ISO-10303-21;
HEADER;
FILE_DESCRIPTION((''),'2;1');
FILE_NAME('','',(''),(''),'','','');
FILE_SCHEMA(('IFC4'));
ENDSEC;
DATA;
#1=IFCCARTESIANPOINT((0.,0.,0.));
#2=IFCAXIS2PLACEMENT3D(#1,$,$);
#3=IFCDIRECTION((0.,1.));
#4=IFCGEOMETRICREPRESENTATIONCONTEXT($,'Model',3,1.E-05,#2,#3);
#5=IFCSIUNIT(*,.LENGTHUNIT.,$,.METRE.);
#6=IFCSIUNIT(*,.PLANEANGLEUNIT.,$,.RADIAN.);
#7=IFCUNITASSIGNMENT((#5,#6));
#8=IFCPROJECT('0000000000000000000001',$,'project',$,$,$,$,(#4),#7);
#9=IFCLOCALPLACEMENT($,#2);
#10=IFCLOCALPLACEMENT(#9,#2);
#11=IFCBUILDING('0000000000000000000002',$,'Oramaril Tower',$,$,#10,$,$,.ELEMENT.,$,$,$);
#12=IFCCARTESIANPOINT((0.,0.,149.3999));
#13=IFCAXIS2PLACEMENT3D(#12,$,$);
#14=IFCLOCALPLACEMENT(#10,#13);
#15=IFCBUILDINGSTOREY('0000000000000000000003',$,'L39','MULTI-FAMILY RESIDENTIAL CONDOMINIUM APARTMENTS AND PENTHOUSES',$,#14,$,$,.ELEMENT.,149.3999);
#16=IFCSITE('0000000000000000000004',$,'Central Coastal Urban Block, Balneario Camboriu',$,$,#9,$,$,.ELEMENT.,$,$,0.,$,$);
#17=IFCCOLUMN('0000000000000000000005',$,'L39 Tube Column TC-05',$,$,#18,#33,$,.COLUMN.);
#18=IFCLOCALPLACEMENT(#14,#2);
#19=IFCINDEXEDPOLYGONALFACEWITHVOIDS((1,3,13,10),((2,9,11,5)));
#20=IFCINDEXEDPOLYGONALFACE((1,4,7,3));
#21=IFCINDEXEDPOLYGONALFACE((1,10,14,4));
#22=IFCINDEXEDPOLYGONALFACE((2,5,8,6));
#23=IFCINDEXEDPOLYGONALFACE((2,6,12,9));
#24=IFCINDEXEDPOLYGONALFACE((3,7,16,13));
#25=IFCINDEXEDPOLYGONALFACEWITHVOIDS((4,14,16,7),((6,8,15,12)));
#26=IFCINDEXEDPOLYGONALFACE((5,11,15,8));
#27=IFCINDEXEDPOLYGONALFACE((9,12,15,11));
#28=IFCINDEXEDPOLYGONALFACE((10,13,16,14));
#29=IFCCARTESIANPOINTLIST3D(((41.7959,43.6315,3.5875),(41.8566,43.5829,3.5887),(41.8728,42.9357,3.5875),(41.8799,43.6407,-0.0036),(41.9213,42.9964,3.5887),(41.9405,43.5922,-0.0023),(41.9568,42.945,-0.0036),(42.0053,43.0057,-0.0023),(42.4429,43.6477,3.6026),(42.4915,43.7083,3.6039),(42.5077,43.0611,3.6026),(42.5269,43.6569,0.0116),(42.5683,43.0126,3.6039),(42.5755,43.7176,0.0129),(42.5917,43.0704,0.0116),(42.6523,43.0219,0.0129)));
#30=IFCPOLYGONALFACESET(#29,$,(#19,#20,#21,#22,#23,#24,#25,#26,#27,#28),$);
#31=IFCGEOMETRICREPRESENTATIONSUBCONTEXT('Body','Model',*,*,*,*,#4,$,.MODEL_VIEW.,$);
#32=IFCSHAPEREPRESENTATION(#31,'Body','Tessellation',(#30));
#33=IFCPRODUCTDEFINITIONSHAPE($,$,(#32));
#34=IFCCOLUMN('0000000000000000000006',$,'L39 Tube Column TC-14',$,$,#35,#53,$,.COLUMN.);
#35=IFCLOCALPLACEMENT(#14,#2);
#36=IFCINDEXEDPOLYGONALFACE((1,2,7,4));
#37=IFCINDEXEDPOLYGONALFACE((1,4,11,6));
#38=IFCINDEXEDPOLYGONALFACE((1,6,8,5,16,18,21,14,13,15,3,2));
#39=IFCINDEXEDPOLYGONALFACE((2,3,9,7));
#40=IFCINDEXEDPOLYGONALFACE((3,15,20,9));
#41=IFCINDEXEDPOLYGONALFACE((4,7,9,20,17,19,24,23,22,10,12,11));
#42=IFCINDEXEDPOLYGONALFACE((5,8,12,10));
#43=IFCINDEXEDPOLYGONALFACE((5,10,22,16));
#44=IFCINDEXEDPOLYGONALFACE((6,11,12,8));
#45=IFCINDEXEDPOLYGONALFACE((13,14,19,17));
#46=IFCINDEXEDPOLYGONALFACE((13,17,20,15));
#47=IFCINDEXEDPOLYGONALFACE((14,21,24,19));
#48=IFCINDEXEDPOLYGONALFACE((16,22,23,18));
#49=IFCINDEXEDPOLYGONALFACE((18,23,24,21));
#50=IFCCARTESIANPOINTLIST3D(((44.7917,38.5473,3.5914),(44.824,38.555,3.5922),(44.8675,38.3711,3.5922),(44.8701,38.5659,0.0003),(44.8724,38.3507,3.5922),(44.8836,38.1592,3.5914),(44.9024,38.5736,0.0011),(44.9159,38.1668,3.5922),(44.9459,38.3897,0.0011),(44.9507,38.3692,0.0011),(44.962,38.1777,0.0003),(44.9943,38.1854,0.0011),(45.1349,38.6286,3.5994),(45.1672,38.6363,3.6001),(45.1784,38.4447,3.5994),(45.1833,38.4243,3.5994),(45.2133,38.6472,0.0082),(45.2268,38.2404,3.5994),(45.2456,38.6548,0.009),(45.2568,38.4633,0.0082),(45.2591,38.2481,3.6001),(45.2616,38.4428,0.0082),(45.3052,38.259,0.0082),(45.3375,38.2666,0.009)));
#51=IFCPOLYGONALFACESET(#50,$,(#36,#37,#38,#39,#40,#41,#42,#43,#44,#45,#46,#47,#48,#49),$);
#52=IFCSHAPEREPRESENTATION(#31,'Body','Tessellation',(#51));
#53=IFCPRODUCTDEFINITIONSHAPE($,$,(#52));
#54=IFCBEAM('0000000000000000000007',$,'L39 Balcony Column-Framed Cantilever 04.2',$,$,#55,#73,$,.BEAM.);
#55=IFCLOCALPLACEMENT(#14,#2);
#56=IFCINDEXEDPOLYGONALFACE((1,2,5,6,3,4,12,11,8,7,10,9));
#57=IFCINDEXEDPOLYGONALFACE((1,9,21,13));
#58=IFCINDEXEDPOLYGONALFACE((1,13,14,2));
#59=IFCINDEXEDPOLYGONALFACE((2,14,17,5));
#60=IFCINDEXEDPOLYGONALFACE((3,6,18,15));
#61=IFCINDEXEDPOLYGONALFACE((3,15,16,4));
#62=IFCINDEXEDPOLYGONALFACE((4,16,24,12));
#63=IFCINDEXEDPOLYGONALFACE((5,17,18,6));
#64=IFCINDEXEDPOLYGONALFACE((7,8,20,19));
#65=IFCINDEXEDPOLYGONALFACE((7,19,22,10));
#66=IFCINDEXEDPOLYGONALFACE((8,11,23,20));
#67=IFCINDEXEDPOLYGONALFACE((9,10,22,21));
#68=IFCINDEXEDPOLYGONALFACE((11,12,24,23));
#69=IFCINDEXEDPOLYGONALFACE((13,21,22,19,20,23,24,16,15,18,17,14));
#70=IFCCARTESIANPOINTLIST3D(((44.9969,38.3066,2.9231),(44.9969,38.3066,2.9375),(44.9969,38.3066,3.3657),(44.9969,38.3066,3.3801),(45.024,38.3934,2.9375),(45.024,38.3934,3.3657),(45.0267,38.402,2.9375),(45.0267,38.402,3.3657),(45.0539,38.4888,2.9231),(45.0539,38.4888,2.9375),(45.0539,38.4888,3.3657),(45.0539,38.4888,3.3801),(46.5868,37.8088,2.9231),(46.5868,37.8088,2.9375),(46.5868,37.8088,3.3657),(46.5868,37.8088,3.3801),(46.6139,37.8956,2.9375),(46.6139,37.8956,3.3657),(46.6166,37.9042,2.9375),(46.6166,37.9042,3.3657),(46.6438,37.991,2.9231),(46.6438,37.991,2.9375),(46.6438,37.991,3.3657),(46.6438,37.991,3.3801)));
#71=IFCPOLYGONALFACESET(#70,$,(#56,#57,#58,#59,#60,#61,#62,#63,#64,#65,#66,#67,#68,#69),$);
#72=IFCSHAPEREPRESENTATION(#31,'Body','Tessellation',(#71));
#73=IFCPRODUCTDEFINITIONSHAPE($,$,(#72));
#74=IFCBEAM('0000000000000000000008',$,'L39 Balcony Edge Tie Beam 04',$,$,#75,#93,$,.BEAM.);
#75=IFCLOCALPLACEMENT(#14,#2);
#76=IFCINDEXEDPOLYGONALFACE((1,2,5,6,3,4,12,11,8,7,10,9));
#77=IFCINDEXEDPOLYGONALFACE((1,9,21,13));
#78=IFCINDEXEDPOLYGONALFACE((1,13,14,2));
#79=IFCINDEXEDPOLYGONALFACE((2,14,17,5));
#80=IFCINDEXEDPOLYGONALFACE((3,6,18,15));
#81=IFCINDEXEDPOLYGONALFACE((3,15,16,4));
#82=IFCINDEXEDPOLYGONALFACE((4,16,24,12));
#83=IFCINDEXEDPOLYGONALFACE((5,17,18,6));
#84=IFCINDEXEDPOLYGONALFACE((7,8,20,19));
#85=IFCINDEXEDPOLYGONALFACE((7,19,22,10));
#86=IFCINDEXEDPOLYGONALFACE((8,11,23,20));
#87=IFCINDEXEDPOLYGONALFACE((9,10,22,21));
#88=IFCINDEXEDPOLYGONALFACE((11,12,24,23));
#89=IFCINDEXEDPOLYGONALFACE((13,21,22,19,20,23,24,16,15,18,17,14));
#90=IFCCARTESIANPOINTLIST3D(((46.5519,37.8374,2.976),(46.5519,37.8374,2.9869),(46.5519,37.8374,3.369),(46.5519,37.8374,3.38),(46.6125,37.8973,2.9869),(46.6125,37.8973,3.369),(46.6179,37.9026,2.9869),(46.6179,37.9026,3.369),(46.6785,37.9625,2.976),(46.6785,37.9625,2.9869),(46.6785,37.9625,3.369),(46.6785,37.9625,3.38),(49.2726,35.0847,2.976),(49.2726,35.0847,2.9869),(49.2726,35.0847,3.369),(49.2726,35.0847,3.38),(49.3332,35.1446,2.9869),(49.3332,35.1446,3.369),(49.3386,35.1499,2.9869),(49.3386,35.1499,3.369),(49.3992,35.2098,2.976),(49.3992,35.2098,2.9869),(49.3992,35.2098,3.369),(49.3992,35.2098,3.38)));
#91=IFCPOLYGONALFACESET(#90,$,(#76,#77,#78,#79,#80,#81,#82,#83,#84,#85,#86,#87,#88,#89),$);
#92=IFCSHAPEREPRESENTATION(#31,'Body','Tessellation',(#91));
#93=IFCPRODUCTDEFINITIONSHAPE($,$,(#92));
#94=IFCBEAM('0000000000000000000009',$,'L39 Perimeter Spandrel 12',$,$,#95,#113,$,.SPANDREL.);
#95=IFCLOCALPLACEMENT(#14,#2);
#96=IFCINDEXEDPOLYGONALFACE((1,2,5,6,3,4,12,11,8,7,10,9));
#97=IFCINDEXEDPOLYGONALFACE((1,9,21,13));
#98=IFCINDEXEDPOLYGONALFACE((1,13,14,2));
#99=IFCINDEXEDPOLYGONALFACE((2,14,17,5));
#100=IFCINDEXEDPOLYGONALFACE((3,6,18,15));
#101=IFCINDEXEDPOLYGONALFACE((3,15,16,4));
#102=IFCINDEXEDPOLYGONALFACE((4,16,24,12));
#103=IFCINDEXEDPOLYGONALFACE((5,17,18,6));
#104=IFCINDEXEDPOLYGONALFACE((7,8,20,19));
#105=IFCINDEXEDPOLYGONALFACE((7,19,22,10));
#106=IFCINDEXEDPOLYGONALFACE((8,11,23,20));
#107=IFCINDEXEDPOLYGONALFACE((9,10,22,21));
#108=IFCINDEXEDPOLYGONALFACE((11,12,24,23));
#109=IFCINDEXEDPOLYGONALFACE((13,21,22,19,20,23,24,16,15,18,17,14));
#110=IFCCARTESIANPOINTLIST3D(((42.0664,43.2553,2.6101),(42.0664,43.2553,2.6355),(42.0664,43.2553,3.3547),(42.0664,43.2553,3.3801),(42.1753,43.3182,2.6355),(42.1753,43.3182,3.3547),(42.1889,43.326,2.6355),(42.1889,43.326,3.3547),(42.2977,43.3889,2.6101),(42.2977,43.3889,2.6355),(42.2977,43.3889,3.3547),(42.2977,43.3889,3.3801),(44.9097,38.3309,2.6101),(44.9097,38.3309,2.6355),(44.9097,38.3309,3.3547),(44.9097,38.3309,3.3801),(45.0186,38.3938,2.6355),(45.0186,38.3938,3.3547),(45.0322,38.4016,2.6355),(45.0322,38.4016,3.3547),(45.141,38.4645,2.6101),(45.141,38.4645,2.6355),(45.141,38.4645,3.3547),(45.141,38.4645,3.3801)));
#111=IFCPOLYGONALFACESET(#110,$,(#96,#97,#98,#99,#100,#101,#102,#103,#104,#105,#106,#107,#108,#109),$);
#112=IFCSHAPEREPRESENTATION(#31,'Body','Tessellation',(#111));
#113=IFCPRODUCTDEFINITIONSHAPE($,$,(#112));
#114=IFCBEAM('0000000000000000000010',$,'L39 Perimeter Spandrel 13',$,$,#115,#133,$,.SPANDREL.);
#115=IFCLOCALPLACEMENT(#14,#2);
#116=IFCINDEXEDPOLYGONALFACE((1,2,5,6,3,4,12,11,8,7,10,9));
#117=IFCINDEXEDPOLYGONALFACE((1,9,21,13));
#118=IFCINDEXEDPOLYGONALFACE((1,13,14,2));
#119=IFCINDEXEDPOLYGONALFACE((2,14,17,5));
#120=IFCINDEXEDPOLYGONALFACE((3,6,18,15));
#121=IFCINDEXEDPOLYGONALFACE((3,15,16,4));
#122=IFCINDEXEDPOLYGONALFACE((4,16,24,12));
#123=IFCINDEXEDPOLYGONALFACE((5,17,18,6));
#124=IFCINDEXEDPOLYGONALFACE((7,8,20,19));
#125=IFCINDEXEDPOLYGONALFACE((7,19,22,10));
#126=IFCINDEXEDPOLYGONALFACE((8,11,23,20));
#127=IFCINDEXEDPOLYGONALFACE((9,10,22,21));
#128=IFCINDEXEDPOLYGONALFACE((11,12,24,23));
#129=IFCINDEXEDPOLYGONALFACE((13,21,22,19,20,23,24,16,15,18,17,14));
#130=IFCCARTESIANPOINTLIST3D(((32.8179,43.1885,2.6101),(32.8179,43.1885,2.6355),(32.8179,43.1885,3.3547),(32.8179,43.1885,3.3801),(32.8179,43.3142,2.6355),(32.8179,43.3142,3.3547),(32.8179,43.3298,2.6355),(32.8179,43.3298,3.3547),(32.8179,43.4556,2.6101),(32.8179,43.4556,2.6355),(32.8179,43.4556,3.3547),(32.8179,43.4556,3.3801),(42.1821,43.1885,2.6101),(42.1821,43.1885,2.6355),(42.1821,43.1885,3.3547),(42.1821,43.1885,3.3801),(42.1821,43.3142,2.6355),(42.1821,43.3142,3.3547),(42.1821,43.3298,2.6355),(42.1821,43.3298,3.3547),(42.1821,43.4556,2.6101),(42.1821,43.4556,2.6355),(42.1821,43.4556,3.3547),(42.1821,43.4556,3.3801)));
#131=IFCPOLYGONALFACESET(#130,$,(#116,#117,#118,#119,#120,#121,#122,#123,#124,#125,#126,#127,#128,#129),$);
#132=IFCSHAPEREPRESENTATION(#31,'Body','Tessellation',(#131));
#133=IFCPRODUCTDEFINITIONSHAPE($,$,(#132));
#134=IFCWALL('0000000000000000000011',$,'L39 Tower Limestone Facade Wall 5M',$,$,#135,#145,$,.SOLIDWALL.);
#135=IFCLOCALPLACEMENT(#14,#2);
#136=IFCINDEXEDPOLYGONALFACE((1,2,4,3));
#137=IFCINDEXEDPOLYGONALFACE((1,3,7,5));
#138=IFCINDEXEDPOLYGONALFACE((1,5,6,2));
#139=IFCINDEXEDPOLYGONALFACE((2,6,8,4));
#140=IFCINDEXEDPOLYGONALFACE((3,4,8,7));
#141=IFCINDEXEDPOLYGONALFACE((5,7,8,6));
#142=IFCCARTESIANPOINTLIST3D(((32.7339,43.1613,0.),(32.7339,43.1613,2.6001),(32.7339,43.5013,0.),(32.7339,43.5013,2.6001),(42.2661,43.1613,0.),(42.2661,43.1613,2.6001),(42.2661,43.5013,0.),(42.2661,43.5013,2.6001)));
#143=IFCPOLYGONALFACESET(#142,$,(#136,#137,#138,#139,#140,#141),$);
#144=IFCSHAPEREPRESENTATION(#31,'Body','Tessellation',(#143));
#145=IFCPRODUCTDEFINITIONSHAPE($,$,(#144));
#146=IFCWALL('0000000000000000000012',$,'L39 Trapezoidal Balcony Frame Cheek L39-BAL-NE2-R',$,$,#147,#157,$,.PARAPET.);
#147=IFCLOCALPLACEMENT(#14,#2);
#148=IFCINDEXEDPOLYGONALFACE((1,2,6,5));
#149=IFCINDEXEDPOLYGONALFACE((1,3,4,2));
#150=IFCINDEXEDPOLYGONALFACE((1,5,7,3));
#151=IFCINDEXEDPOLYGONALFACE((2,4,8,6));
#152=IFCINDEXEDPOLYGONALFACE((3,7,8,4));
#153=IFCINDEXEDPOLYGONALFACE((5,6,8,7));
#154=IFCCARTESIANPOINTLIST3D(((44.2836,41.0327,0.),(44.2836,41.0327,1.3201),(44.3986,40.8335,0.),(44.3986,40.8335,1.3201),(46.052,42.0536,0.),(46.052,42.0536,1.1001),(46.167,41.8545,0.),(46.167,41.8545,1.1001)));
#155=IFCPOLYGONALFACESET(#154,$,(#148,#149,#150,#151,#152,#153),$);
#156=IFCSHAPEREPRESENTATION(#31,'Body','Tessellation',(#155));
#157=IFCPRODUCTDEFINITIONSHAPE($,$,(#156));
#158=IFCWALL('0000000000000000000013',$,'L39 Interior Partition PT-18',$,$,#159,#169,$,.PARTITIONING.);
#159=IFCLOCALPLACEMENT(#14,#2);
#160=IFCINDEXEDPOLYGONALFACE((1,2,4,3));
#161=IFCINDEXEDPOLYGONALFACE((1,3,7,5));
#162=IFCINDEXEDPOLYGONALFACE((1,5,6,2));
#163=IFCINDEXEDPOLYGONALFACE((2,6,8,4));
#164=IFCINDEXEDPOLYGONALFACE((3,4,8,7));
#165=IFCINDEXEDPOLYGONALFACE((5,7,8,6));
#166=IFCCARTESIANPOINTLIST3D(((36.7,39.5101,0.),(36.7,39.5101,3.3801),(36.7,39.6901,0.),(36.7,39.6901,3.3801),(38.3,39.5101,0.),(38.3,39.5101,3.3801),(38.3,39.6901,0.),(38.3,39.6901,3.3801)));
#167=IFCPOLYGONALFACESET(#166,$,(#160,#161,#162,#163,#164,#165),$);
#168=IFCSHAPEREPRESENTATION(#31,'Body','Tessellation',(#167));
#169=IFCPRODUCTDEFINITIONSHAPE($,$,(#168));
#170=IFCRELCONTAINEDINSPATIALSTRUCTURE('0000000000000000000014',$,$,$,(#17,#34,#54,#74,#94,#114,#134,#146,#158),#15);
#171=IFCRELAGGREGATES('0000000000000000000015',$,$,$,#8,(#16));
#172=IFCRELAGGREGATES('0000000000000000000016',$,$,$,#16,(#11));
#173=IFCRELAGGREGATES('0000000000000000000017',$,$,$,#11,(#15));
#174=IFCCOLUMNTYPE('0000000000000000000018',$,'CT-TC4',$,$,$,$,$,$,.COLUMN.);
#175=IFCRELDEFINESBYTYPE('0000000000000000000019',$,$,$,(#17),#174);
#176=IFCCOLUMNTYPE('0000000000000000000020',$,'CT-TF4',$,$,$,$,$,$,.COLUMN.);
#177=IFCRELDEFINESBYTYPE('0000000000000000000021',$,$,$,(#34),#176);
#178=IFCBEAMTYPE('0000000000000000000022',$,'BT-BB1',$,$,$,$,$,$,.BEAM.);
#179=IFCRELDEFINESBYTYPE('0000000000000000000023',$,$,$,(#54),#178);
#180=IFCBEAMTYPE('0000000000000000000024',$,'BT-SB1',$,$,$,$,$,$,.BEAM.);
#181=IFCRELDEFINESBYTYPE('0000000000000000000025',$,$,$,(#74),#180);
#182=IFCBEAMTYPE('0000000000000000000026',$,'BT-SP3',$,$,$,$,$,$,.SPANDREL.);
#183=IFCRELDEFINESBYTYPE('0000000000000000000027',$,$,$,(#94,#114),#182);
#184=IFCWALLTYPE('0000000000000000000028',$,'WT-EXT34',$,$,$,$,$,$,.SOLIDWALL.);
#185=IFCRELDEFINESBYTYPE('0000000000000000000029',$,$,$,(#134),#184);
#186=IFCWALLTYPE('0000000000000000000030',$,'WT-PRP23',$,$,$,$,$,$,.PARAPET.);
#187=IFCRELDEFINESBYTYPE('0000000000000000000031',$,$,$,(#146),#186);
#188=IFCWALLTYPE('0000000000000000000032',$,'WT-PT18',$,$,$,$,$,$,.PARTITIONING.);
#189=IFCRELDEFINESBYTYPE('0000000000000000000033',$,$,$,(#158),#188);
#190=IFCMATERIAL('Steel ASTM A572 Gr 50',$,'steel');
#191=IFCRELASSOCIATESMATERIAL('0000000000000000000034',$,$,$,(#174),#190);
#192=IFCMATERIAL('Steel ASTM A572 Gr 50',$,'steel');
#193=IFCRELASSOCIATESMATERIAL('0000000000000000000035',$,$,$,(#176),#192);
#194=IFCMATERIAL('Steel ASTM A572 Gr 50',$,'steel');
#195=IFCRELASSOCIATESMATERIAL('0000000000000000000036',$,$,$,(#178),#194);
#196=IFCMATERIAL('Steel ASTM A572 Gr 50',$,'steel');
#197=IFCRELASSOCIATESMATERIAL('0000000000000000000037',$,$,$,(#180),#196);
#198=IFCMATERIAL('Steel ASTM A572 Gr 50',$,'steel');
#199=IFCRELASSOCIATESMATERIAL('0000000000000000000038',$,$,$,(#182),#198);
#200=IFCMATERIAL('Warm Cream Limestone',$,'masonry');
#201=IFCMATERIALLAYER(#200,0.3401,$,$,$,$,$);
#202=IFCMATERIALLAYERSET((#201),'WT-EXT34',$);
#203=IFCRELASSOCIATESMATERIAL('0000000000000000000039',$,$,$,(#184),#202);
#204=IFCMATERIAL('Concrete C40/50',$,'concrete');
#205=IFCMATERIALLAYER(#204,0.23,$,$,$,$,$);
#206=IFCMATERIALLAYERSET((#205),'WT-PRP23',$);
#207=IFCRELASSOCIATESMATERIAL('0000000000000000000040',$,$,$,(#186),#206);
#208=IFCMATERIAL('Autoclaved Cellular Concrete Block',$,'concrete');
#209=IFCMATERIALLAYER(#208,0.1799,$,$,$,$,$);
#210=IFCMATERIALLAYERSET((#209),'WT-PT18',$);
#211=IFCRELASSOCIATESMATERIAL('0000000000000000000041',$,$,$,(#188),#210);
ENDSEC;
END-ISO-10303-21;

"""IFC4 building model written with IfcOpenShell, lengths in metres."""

from ifc_helpers import new_model, si_unit, direction, frame, frame_2d, origin, origin_2d, place, context, subcontext, project, spatial, polyline, rectangle, hollow_rectangle, i_section, outline, extrude, material, layer, layer_set, material_profile, profile_set, type_object, element, save


model = new_model("IFC4")

# Units and contexts
model_context = context("Model", 3, precision=1e-05, world=origin(), true_north=direction((0.0, 1.0)))
body_context = subcontext(model_context, "Body", "Model", "MODEL_VIEW")
ifc_project = project(units=[si_unit("LENGTHUNIT", "METRE"), si_unit("PLANEANGLEUNIT", "RADIAN")], contexts=[model_context])

# Site, building, storey
site_placement = place(None, origin())
site = spatial("IfcSite", under=ifc_project, at=site_placement, Name="Central Coastal Urban Block, Balneario Camboriu", CompositionType="ELEMENT", RefElevation=0.0)
building_placement = place(site_placement, origin())
building = spatial("IfcBuilding", under=site, at=building_placement, Name="Oramaril Tower", CompositionType="ELEMENT")
storey_placement = place(building_placement, frame((0.0, 0.0, 149.3999)))
storey = spatial("IfcBuildingStorey", under=building, at=storey_placement, Name="L39", Description="MULTI-FAMILY RESIDENTIAL CONDOMINIUM APARTMENTS AND PENTHOUSES", CompositionType="ELEMENT", Elevation=149.3999)

# Columns
ifc_material_1 = material(Name="Steel ASTM A572 Gr 50", Category="steel")
ifc_material_profile_1 = material_profile(ifc_material_1, hollow_rectangle(XDim=0.7, YDim=0.7, WallThickness=0.0549, at=origin_2d()), Name="BOX700X700X55")
ifc_profile_set_1 = profile_set([ifc_material_profile_1], Name="Steel ASTM A572 Gr 50")
column_type_1 = type_object("IfcColumnType", Name="CT-TC4", PredefinedType="COLUMN", material=ifc_profile_set_1)
column_1_placement = place(storey_placement, frame((42.2661, 43.3313, 0.0046), z_axis=(-0.023381, -0.002583, 0.999723), x_axis=(0.109797, -0.993954, 0.0)))
element("IfcColumn", 1, at=column_1_placement, inside=storey, type_object=column_type_1, Name="L39 Tube Column TC-05", PredefinedType="COLUMN", context=body_context, shape_type="SweptSolid", body=[
    extrude(hollow_rectangle(XDim=0.7, YDim=0.7, WallThickness=0.0549, at=origin_2d()), origin(), (0.0, 0.0, 1.0), 3.592),
])
ifc_material_2 = material(Name="Steel ASTM A572 Gr 50", Category="steel")
ifc_material_profile_2 = material_profile(ifc_material_2, i_section(OverallWidth=0.3989, OverallDepth=0.386, WebThickness=0.021, FlangeThickness=0.0332, at=origin_2d()), Name="W14X176")
ifc_profile_set_2 = profile_set([ifc_material_profile_2], Name="Steel ASTM A572 Gr 50")
column_type_2 = type_object("IfcColumnType", Name="CT-TF4", PredefinedType="COLUMN", material=ifc_profile_set_2)
column_2_placement = place(storey_placement, frame((45.1038, 38.4163, 0.0046), z_axis=(-0.021818, -0.005166, 0.999749), x_axis=(0.230391, -0.973098, 0.0)))
element("IfcColumn", 2, at=column_2_placement, inside=storey, type_object=column_type_2, Name="L39 Tube Column TC-14", PredefinedType="COLUMN", context=body_context, shape_type="SweptSolid", body=[
    extrude(i_section(OverallWidth=0.3989, OverallDepth=0.386, WebThickness=0.021, FlangeThickness=0.0332, at=origin_2d()), origin(), (0.0, 0.0, 1.0), 3.592),
])

# Beams
ifc_material_3 = material(Name="Steel ASTM A572 Gr 50", Category="steel")
ifc_material_profile_3 = material_profile(ifc_material_3, i_section(OverallWidth=0.1909, OverallDepth=0.457, WebThickness=0.009, FlangeThickness=0.0144, at=origin_2d()), Name="W18X50")
ifc_profile_set_3 = profile_set([ifc_material_profile_3], Name="Steel ASTM A572 Gr 50")
beam_type_1 = type_object("IfcBeamType", Name="BT-BB1", PredefinedType="BEAM", material=ifc_profile_set_3)
beam_1_placement = place(storey_placement, frame((45.0254, 38.3977, 3.1516), z_axis=(0.954313, -0.298809, 0.0), x_axis=(0.298809, 0.954313, 0.0)))
element("IfcBeam", 3, at=beam_1_placement, inside=storey, type_object=beam_type_1, Name="L39 Balcony Column-Framed Cantilever 04.2", PredefinedType="BEAM", context=body_context, shape_type="SweptSolid", body=[
    extrude(i_section(OverallWidth=0.1909, OverallDepth=0.457, WebThickness=0.009, FlangeThickness=0.0144, at=origin_2d()), origin(), (0.0, 0.0, 1.0), 1.666),
])
ifc_material_4 = material(Name="Steel ASTM A572 Gr 50", Category="steel")
ifc_material_profile_4 = material_profile(ifc_material_4, i_section(OverallWidth=0.178, OverallDepth=0.4041, WebThickness=0.0076, FlangeThickness=0.011, at=origin_2d()), Name="W16X36")
ifc_profile_set_4 = profile_set([ifc_material_profile_4], Name="Steel ASTM A572 Gr 50")
beam_type_2 = type_object("IfcBeamType", Name="BT-SB1", PredefinedType="BEAM", material=ifc_profile_set_4)
beam_2_placement = place(storey_placement, frame((49.3359, 35.1472, 3.178), z_axis=(-0.702963, 0.711226, 0.0), x_axis=(-0.711226, -0.702963, 0.0)))
element("IfcBeam", 4, at=beam_2_placement, inside=storey, type_object=beam_type_2, Name="L39 Balcony Edge Tie Beam 04", PredefinedType="BEAM", context=body_context, shape_type="SweptSolid", body=[
    extrude(i_section(OverallWidth=0.178, OverallDepth=0.4041, WebThickness=0.0076, FlangeThickness=0.011, at=origin_2d()), origin(), (0.0, 0.0, 1.0), 3.8704),
])
ifc_material_5 = material(Name="Steel ASTM A572 Gr 50", Category="steel")
ifc_material_profile_5 = material_profile(ifc_material_5, i_section(OverallWidth=0.2671, OverallDepth=0.77, WebThickness=0.0156, FlangeThickness=0.0254, at=origin_2d()), Name="W30X132")
ifc_profile_set_5 = profile_set([ifc_material_profile_5], Name="Steel ASTM A572 Gr 50")
beam_type_3 = type_object("IfcBeamType", Name="BT-SP3", PredefinedType="SPANDREL", material=ifc_profile_set_5)
beam_3_placement = place(storey_placement, frame((45.0254, 38.3977, 2.9951), z_axis=(-0.500027, 0.86601, 0.0), x_axis=(-0.86601, -0.500027, 0.0)))
element("IfcBeam", 5, at=beam_3_placement, inside=storey, type_object=beam_type_3, Name="L39 Perimeter Spandrel 12", PredefinedType="SPANDREL", context=body_context, shape_type="SweptSolid", body=[
    extrude(i_section(OverallWidth=0.2671, OverallDepth=0.77, WebThickness=0.0156, FlangeThickness=0.0254, at=origin_2d()), origin(), (0.0, 0.0, 1.0), 5.6863),
])
beam_4_placement = place(storey_placement, frame((42.1821, 43.322, 2.9951), z_axis=(-1.0, 0.0, 0.0), x_axis=(0.0, -1.0, 0.0)))
element("IfcBeam", 6, at=beam_4_placement, inside=storey, type_object=beam_type_3, Name="L39 Perimeter Spandrel 13", PredefinedType="SPANDREL", context=body_context, shape_type="SweptSolid", body=[
    extrude(i_section(OverallWidth=0.2671, OverallDepth=0.77, WebThickness=0.0156, FlangeThickness=0.0254, at=origin_2d()), origin(), (0.0, 0.0, 1.0), 9.3643),
])

# Walls
ifc_material_6 = material(Name="Warm Cream Limestone", Category="masonry")
ifc_layer_1 = layer(ifc_material_6, 0.3401)
ifc_layer_set_1 = layer_set([ifc_layer_1], Name="WT-EXT34")
wall_type_1 = type_object("IfcWallType", Name="WT-EXT34", PredefinedType="SOLIDWALL", material=ifc_layer_set_1)
wall_1_placement = place(storey_placement, frame((42.2661, 43.3313, 0.0), z_axis=(0.0, 0.0, 1.0), x_axis=(-1.0, 0.0, 0.0)))
element("IfcWall", 7, at=wall_1_placement, inside=storey, type_object=wall_type_1, Name="L39 Tower Limestone Facade Wall 5M", PredefinedType="SOLIDWALL", context=body_context, shape_type="SweptSolid", body=[
    extrude(rectangle(XDim=9.5322, YDim=0.3401, at=frame_2d((4.7661, 0.0))), origin(), (0.0, 0.0, 1.0), 2.6001),
])
ifc_material_7 = material(Name="Concrete C40/50", Category="concrete")
ifc_layer_2 = layer(ifc_material_7, 0.23)
ifc_layer_set_2 = layer_set([ifc_layer_2], Name="WT-PRP23")
wall_type_2 = type_object("IfcWallType", Name="WT-PRP23", PredefinedType="PARAPET", material=ifc_layer_set_2)
wall_2_placement = place(storey_placement, frame((44.3411, 40.9331, 0.0), z_axis=(0.0, 0.0, 1.0), x_axis=(0.866042, 0.499971, 0.0)))
element("IfcWall", 8, at=wall_2_placement, inside=storey, type_object=wall_type_2, Name="L39 Trapezoidal Balcony Frame Cheek L39-BAL-NE2-R", PredefinedType="PARAPET", context=body_context, shape_type="SweptSolid", body=[
    extrude(outline(polyline([(0.0, 0.0), (2.042, 0.0), (2.042, 1.1001), (0.0, 1.3201), (0.0, 0.0)])), frame((0.0, 0.115, 0.0), z_axis=(0.0, -1.0, 0.0), x_axis=(1.0, 0.0, 0.0)), (0.0, 0.0, 1.0), 0.23),
])
ifc_material_8 = material(Name="Autoclaved Cellular Concrete Block", Category="concrete")
ifc_layer_3 = layer(ifc_material_8, 0.1799)
ifc_layer_set_3 = layer_set([ifc_layer_3], Name="WT-PT18")
wall_type_3 = type_object("IfcWallType", Name="WT-PT18", PredefinedType="PARTITIONING", material=ifc_layer_set_3)
wall_3_placement = place(storey_placement, frame((36.7, 39.6001, 0.0), z_axis=(0.0, 0.0, 1.0), x_axis=(1.0, 0.0, 0.0)))
element("IfcWall", 9, at=wall_3_placement, inside=storey, type_object=wall_type_3, Name="L39 Interior Partition PT-18", PredefinedType="PARTITIONING", context=body_context, shape_type="SweptSolid", body=[
    extrude(rectangle(XDim=1.6001, YDim=0.1799, at=frame_2d((0.8, 0.0))), origin(), (0.0, 0.0, 1.0), 3.3801),
])

save(model, "model.ifc")
